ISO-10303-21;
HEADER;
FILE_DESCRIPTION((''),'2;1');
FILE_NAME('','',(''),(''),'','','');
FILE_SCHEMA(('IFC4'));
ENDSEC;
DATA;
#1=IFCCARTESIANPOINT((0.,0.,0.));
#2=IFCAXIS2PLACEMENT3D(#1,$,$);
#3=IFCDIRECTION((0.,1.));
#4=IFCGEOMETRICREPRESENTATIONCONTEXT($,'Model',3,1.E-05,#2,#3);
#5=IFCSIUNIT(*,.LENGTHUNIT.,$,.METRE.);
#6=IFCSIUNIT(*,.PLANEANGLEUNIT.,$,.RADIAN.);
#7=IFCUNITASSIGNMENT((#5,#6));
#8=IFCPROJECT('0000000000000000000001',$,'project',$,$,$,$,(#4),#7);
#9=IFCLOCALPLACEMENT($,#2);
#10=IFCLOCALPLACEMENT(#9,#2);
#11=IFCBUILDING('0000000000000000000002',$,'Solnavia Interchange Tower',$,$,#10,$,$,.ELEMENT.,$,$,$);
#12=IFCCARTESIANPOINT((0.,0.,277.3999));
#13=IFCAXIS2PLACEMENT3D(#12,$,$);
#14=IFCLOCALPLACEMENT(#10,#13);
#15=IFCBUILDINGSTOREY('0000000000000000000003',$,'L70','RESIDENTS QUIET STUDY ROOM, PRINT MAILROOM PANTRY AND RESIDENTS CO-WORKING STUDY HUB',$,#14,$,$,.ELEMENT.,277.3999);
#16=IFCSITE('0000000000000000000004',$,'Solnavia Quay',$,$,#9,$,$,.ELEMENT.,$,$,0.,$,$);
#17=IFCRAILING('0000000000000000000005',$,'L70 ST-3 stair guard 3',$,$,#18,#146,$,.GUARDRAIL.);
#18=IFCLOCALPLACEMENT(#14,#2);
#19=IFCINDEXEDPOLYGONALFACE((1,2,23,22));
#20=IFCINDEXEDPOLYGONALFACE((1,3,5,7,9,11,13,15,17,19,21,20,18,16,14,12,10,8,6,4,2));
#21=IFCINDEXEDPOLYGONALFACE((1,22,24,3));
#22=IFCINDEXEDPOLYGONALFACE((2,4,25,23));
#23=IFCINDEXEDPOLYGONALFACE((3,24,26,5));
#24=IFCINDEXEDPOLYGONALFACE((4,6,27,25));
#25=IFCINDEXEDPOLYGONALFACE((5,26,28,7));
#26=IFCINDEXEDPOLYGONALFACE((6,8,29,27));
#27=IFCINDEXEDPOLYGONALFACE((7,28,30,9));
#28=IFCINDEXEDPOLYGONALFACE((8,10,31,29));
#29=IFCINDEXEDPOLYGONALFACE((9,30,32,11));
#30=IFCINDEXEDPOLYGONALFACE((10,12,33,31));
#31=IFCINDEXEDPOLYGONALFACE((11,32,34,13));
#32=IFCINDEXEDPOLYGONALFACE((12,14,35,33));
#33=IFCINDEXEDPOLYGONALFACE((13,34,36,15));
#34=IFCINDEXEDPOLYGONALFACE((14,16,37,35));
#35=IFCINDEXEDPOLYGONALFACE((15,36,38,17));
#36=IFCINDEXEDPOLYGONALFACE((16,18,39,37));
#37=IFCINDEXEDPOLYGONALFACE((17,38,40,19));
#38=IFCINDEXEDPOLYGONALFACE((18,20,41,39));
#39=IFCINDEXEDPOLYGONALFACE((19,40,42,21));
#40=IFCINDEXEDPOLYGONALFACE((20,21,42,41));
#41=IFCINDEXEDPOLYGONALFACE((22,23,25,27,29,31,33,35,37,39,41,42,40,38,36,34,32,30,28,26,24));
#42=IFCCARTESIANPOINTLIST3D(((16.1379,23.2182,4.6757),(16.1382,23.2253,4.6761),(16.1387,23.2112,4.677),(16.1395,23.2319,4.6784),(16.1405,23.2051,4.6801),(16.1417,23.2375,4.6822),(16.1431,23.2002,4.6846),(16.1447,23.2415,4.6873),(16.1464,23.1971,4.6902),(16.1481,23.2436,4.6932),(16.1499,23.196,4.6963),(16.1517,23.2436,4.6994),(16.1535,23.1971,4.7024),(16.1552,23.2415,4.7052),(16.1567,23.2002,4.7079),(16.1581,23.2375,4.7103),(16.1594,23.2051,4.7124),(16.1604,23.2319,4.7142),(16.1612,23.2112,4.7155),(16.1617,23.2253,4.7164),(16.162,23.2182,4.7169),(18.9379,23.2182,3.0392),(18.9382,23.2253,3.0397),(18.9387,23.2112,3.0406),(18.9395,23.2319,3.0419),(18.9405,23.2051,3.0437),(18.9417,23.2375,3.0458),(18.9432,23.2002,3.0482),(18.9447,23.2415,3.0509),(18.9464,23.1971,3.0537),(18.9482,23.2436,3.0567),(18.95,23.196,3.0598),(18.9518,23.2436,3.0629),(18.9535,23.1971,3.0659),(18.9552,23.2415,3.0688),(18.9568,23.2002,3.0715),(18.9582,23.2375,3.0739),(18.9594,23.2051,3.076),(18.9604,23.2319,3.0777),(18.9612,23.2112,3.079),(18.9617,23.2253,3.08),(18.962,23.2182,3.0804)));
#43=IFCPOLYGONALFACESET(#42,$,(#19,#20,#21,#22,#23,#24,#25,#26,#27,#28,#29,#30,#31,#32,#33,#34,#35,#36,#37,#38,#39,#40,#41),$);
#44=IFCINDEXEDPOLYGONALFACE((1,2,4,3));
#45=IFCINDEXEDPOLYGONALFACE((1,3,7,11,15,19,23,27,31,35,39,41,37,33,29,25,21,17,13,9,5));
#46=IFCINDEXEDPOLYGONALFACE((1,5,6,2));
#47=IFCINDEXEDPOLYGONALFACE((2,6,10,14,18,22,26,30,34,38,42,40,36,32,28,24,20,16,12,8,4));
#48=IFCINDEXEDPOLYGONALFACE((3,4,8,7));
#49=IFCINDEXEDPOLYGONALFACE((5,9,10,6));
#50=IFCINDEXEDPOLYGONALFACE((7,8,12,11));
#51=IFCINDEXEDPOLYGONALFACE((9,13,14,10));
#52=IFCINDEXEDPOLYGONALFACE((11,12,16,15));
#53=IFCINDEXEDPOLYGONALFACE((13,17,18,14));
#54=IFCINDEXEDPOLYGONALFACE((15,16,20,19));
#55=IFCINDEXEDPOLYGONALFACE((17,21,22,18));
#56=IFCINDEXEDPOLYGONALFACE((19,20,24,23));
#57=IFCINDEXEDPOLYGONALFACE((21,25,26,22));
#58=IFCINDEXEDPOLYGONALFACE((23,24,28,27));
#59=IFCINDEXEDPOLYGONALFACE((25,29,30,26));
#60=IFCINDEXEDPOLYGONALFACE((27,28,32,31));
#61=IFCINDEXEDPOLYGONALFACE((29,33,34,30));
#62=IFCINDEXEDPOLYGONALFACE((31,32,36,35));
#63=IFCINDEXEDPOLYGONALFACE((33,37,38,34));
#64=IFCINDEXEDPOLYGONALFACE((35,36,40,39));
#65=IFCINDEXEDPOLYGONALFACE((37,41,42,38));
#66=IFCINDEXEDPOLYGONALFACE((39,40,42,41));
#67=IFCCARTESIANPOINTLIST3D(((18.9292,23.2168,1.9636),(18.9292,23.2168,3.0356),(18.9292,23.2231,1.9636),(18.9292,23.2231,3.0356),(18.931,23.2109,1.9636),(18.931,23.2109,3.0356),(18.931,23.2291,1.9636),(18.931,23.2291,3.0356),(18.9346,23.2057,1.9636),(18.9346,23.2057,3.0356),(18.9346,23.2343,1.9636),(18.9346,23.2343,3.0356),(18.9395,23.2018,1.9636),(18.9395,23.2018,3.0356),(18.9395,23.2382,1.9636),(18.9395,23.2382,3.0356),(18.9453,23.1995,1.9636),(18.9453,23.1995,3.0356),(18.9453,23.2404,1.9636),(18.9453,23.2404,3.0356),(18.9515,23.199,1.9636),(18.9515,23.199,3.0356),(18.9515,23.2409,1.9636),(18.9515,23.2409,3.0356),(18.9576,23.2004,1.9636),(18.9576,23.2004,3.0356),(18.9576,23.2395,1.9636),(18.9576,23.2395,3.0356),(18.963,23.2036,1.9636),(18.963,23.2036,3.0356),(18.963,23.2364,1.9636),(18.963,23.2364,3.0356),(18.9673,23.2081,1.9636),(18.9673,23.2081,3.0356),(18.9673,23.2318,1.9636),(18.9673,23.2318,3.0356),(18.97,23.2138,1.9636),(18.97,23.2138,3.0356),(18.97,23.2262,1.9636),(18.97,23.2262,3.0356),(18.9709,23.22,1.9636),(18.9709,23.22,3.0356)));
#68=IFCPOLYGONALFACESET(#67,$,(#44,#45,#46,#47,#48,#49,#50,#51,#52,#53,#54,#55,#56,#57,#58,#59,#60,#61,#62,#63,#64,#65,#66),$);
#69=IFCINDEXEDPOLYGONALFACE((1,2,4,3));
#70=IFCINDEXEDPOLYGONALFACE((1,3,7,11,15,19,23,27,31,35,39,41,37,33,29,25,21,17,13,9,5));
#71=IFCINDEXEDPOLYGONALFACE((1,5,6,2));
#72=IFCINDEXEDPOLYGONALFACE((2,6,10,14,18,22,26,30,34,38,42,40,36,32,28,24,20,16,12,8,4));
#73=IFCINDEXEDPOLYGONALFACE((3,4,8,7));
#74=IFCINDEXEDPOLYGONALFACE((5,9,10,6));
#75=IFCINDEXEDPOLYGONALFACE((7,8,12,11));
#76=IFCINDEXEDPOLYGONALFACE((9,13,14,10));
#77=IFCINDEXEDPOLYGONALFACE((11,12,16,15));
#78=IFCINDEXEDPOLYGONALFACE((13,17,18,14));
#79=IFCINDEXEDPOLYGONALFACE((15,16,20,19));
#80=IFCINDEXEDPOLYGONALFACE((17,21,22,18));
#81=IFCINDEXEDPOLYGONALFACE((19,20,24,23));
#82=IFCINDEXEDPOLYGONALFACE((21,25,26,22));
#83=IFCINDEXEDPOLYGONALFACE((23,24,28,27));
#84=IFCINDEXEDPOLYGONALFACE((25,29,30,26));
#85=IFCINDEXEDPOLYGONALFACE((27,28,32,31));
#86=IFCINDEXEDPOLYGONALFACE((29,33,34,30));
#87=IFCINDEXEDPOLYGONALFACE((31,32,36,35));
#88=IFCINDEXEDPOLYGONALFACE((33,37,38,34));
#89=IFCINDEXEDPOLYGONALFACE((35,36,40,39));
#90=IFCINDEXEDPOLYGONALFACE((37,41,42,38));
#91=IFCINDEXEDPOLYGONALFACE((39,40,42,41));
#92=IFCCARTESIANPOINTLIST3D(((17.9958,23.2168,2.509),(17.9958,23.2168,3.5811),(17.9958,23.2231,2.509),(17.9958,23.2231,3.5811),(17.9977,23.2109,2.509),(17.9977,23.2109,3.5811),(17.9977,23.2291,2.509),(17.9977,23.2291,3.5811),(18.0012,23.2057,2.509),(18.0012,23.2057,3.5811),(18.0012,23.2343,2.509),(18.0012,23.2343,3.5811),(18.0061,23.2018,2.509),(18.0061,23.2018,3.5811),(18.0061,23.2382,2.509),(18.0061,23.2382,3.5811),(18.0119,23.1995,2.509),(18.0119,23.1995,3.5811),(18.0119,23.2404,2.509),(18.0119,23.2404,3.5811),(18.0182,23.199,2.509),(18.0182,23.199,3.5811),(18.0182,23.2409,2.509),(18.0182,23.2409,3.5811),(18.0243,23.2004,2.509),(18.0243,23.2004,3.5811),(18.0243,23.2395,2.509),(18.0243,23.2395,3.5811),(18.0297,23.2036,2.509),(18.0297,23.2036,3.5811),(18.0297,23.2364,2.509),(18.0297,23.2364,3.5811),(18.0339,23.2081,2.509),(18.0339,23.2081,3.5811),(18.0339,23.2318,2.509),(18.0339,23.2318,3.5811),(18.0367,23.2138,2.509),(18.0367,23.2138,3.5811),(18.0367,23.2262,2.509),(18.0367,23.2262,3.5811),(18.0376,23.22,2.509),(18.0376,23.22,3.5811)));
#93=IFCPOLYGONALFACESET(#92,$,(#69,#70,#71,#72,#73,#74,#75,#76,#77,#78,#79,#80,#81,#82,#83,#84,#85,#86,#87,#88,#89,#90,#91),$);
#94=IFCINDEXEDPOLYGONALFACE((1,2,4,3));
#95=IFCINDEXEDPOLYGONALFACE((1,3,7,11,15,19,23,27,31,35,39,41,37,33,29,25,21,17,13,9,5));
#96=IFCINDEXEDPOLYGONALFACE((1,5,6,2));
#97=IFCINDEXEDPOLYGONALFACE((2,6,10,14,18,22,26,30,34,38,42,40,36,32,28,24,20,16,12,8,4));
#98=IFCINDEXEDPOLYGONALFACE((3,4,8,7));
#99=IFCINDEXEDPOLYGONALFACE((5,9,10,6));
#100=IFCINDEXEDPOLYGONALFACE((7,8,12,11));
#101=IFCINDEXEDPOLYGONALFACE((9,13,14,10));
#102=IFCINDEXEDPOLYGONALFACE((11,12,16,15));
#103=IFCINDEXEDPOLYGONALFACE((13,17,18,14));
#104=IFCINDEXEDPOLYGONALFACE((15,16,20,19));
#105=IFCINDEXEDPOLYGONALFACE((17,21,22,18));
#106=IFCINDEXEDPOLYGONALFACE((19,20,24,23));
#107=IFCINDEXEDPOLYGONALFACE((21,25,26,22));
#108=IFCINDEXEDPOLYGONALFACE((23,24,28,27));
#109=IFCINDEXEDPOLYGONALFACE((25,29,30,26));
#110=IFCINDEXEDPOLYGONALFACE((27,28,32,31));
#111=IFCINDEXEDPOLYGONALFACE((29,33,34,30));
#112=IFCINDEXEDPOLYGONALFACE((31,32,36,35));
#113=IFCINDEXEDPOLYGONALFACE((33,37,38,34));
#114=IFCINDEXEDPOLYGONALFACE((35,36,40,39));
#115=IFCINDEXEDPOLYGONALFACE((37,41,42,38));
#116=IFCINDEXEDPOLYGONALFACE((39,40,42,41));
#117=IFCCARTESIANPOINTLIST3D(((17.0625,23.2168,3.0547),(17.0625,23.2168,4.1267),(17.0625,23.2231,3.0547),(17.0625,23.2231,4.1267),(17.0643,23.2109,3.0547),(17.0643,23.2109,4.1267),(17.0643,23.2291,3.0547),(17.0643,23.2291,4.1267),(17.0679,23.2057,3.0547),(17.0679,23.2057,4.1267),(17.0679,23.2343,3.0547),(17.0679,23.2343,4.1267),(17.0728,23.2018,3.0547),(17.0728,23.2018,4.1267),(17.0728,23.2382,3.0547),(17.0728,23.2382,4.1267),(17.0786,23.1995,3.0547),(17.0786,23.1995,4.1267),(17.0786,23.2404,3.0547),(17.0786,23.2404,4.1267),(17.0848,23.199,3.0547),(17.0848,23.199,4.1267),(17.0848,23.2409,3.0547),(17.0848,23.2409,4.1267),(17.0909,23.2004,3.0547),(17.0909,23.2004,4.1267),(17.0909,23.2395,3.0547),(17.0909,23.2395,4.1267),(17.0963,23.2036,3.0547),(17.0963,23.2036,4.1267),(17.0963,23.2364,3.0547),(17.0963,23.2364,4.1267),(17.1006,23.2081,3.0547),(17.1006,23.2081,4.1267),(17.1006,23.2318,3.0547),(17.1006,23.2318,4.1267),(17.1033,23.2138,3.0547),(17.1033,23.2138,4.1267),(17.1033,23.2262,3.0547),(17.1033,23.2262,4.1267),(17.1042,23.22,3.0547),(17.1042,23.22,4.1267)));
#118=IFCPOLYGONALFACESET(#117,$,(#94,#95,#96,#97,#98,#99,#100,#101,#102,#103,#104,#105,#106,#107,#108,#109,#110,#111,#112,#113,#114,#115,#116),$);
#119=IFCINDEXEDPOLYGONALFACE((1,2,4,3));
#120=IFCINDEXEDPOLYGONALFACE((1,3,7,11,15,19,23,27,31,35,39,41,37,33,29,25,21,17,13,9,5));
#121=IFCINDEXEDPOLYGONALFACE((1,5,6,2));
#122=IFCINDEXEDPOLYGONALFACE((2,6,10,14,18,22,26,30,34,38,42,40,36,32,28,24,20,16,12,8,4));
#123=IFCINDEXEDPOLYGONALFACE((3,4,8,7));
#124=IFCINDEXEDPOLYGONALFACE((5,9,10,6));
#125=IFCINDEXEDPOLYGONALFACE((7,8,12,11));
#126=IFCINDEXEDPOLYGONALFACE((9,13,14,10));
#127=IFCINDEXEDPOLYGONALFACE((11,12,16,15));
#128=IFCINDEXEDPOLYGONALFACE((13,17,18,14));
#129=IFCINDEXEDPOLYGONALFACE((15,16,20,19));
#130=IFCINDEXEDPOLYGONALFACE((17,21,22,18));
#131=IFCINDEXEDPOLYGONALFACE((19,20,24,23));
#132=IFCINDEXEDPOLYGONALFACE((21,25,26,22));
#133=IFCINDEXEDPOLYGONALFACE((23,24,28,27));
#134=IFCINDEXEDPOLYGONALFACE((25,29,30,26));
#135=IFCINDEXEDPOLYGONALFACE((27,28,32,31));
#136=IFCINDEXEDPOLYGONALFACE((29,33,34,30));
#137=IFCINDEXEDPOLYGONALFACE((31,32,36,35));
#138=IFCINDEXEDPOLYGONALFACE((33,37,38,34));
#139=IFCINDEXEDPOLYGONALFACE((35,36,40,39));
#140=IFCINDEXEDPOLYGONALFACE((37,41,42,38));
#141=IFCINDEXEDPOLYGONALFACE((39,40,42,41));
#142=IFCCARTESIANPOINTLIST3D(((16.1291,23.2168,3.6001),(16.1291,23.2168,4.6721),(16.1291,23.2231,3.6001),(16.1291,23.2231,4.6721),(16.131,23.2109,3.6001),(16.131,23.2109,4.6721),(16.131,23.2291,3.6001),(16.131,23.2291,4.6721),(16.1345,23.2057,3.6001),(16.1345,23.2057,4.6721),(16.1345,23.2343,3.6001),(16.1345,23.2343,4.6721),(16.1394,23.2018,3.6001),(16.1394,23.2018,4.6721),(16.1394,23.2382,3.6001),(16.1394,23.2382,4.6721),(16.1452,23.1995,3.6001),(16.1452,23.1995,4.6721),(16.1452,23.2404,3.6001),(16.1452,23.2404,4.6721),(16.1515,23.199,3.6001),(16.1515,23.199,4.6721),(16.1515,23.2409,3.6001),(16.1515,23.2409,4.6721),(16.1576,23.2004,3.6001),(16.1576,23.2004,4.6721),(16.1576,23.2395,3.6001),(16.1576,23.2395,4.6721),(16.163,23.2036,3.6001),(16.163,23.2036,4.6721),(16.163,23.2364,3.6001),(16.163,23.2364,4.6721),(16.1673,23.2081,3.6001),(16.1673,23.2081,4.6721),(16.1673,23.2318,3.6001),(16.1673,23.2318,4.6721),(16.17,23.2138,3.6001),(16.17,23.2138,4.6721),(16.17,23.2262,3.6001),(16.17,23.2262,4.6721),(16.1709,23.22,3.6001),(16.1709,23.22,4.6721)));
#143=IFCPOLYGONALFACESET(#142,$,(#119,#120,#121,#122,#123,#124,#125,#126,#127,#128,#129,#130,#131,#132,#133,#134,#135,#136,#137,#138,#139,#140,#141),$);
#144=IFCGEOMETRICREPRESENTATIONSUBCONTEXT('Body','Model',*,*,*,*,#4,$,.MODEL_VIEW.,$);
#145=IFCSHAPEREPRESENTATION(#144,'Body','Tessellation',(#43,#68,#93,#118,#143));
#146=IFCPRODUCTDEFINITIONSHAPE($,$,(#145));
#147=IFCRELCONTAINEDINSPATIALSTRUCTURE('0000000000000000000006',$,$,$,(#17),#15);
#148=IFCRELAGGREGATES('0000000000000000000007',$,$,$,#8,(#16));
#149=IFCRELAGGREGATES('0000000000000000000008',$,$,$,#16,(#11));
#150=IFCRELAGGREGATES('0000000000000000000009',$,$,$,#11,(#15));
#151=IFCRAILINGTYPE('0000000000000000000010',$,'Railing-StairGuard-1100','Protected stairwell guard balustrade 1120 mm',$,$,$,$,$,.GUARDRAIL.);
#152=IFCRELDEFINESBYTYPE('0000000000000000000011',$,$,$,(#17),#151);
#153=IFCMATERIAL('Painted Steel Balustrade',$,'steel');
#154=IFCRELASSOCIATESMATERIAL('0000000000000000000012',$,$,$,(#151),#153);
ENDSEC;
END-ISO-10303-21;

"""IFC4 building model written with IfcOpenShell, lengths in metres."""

from ifc_helpers import new_model, si_unit, direction, frame, origin, origin_2d, place, context, subcontext, project, spatial, circle, extrude, material, type_object, element, save


model = new_model("IFC4")

# Units and contexts
model_context = context("Model", 3, precision=1e-05, world=origin(), true_north=direction((0.0, 1.0)))
body_context = subcontext(model_context, "Body", "Model", "MODEL_VIEW")
ifc_project = project(units=[si_unit("LENGTHUNIT", "METRE"), si_unit("PLANEANGLEUNIT", "RADIAN")], contexts=[model_context])

# Site, building, storey
site_placement = place(None, origin())
site = spatial("IfcSite", under=ifc_project, at=site_placement, Name="Solnavia Quay", CompositionType="ELEMENT", RefElevation=0.0)
building_placement = place(site_placement, origin())
building = spatial("IfcBuilding", under=site, at=building_placement, Name="Solnavia Interchange Tower", CompositionType="ELEMENT")
storey_placement = place(building_placement, frame((0.0, 0.0, 277.3999)))
storey = spatial("IfcBuildingStorey", under=building, at=storey_placement, Name="L70", Description="RESIDENTS QUIET STUDY ROOM, PRINT MAILROOM PANTRY AND RESIDENTS CO-WORKING STUDY HUB", CompositionType="ELEMENT", Elevation=277.3999)

# Railing
ifc_material_1 = material(Name="Painted Steel Balustrade", Category="steel")
railing_type_1 = type_object("IfcRailingType", Name="Railing-StairGuard-1100", Description="Protected stairwell guard balustrade 1120 mm", PredefinedType="GUARDRAIL", material=ifc_material_1)
railing_1_placement = place(storey_placement, frame((18.95, 23.22, 1.9636)))
element("IfcRailing", 1, at=railing_1_placement, inside=storey, type_object=railing_type_1, Name="L70 ST-3 stair guard 3", PredefinedType="GUARDRAIL", context=body_context, shape_type="SweptSolid", body=[
    extrude(circle(Radius=0.0239, at=origin_2d()), frame((0.0, 0.0, 1.0962), z_axis=(-0.863361, 0.0, 0.504587), x_axis=(0.0, -1.0, 0.0)), (0.0, 0.0, 1.0), 3.2432),
    extrude(circle(Radius=0.021, at=origin_2d()), origin(), (0.0, 0.0, 1.0), 1.072),
    extrude(circle(Radius=0.021, at=origin_2d()), frame((-0.9333, 0.0, 0.5454)), (0.0, 0.0, 1.0), 1.072),
    extrude(circle(Radius=0.021, at=origin_2d()), frame((-1.8667, 0.0, 1.0911)), (0.0, 0.0, 1.0), 1.072),
    extrude(circle(Radius=0.021, at=origin_2d()), frame((-2.8, 0.0, 1.6365)), (0.0, 0.0, 1.0), 1.072),
])

save(model, "model.ifc")
